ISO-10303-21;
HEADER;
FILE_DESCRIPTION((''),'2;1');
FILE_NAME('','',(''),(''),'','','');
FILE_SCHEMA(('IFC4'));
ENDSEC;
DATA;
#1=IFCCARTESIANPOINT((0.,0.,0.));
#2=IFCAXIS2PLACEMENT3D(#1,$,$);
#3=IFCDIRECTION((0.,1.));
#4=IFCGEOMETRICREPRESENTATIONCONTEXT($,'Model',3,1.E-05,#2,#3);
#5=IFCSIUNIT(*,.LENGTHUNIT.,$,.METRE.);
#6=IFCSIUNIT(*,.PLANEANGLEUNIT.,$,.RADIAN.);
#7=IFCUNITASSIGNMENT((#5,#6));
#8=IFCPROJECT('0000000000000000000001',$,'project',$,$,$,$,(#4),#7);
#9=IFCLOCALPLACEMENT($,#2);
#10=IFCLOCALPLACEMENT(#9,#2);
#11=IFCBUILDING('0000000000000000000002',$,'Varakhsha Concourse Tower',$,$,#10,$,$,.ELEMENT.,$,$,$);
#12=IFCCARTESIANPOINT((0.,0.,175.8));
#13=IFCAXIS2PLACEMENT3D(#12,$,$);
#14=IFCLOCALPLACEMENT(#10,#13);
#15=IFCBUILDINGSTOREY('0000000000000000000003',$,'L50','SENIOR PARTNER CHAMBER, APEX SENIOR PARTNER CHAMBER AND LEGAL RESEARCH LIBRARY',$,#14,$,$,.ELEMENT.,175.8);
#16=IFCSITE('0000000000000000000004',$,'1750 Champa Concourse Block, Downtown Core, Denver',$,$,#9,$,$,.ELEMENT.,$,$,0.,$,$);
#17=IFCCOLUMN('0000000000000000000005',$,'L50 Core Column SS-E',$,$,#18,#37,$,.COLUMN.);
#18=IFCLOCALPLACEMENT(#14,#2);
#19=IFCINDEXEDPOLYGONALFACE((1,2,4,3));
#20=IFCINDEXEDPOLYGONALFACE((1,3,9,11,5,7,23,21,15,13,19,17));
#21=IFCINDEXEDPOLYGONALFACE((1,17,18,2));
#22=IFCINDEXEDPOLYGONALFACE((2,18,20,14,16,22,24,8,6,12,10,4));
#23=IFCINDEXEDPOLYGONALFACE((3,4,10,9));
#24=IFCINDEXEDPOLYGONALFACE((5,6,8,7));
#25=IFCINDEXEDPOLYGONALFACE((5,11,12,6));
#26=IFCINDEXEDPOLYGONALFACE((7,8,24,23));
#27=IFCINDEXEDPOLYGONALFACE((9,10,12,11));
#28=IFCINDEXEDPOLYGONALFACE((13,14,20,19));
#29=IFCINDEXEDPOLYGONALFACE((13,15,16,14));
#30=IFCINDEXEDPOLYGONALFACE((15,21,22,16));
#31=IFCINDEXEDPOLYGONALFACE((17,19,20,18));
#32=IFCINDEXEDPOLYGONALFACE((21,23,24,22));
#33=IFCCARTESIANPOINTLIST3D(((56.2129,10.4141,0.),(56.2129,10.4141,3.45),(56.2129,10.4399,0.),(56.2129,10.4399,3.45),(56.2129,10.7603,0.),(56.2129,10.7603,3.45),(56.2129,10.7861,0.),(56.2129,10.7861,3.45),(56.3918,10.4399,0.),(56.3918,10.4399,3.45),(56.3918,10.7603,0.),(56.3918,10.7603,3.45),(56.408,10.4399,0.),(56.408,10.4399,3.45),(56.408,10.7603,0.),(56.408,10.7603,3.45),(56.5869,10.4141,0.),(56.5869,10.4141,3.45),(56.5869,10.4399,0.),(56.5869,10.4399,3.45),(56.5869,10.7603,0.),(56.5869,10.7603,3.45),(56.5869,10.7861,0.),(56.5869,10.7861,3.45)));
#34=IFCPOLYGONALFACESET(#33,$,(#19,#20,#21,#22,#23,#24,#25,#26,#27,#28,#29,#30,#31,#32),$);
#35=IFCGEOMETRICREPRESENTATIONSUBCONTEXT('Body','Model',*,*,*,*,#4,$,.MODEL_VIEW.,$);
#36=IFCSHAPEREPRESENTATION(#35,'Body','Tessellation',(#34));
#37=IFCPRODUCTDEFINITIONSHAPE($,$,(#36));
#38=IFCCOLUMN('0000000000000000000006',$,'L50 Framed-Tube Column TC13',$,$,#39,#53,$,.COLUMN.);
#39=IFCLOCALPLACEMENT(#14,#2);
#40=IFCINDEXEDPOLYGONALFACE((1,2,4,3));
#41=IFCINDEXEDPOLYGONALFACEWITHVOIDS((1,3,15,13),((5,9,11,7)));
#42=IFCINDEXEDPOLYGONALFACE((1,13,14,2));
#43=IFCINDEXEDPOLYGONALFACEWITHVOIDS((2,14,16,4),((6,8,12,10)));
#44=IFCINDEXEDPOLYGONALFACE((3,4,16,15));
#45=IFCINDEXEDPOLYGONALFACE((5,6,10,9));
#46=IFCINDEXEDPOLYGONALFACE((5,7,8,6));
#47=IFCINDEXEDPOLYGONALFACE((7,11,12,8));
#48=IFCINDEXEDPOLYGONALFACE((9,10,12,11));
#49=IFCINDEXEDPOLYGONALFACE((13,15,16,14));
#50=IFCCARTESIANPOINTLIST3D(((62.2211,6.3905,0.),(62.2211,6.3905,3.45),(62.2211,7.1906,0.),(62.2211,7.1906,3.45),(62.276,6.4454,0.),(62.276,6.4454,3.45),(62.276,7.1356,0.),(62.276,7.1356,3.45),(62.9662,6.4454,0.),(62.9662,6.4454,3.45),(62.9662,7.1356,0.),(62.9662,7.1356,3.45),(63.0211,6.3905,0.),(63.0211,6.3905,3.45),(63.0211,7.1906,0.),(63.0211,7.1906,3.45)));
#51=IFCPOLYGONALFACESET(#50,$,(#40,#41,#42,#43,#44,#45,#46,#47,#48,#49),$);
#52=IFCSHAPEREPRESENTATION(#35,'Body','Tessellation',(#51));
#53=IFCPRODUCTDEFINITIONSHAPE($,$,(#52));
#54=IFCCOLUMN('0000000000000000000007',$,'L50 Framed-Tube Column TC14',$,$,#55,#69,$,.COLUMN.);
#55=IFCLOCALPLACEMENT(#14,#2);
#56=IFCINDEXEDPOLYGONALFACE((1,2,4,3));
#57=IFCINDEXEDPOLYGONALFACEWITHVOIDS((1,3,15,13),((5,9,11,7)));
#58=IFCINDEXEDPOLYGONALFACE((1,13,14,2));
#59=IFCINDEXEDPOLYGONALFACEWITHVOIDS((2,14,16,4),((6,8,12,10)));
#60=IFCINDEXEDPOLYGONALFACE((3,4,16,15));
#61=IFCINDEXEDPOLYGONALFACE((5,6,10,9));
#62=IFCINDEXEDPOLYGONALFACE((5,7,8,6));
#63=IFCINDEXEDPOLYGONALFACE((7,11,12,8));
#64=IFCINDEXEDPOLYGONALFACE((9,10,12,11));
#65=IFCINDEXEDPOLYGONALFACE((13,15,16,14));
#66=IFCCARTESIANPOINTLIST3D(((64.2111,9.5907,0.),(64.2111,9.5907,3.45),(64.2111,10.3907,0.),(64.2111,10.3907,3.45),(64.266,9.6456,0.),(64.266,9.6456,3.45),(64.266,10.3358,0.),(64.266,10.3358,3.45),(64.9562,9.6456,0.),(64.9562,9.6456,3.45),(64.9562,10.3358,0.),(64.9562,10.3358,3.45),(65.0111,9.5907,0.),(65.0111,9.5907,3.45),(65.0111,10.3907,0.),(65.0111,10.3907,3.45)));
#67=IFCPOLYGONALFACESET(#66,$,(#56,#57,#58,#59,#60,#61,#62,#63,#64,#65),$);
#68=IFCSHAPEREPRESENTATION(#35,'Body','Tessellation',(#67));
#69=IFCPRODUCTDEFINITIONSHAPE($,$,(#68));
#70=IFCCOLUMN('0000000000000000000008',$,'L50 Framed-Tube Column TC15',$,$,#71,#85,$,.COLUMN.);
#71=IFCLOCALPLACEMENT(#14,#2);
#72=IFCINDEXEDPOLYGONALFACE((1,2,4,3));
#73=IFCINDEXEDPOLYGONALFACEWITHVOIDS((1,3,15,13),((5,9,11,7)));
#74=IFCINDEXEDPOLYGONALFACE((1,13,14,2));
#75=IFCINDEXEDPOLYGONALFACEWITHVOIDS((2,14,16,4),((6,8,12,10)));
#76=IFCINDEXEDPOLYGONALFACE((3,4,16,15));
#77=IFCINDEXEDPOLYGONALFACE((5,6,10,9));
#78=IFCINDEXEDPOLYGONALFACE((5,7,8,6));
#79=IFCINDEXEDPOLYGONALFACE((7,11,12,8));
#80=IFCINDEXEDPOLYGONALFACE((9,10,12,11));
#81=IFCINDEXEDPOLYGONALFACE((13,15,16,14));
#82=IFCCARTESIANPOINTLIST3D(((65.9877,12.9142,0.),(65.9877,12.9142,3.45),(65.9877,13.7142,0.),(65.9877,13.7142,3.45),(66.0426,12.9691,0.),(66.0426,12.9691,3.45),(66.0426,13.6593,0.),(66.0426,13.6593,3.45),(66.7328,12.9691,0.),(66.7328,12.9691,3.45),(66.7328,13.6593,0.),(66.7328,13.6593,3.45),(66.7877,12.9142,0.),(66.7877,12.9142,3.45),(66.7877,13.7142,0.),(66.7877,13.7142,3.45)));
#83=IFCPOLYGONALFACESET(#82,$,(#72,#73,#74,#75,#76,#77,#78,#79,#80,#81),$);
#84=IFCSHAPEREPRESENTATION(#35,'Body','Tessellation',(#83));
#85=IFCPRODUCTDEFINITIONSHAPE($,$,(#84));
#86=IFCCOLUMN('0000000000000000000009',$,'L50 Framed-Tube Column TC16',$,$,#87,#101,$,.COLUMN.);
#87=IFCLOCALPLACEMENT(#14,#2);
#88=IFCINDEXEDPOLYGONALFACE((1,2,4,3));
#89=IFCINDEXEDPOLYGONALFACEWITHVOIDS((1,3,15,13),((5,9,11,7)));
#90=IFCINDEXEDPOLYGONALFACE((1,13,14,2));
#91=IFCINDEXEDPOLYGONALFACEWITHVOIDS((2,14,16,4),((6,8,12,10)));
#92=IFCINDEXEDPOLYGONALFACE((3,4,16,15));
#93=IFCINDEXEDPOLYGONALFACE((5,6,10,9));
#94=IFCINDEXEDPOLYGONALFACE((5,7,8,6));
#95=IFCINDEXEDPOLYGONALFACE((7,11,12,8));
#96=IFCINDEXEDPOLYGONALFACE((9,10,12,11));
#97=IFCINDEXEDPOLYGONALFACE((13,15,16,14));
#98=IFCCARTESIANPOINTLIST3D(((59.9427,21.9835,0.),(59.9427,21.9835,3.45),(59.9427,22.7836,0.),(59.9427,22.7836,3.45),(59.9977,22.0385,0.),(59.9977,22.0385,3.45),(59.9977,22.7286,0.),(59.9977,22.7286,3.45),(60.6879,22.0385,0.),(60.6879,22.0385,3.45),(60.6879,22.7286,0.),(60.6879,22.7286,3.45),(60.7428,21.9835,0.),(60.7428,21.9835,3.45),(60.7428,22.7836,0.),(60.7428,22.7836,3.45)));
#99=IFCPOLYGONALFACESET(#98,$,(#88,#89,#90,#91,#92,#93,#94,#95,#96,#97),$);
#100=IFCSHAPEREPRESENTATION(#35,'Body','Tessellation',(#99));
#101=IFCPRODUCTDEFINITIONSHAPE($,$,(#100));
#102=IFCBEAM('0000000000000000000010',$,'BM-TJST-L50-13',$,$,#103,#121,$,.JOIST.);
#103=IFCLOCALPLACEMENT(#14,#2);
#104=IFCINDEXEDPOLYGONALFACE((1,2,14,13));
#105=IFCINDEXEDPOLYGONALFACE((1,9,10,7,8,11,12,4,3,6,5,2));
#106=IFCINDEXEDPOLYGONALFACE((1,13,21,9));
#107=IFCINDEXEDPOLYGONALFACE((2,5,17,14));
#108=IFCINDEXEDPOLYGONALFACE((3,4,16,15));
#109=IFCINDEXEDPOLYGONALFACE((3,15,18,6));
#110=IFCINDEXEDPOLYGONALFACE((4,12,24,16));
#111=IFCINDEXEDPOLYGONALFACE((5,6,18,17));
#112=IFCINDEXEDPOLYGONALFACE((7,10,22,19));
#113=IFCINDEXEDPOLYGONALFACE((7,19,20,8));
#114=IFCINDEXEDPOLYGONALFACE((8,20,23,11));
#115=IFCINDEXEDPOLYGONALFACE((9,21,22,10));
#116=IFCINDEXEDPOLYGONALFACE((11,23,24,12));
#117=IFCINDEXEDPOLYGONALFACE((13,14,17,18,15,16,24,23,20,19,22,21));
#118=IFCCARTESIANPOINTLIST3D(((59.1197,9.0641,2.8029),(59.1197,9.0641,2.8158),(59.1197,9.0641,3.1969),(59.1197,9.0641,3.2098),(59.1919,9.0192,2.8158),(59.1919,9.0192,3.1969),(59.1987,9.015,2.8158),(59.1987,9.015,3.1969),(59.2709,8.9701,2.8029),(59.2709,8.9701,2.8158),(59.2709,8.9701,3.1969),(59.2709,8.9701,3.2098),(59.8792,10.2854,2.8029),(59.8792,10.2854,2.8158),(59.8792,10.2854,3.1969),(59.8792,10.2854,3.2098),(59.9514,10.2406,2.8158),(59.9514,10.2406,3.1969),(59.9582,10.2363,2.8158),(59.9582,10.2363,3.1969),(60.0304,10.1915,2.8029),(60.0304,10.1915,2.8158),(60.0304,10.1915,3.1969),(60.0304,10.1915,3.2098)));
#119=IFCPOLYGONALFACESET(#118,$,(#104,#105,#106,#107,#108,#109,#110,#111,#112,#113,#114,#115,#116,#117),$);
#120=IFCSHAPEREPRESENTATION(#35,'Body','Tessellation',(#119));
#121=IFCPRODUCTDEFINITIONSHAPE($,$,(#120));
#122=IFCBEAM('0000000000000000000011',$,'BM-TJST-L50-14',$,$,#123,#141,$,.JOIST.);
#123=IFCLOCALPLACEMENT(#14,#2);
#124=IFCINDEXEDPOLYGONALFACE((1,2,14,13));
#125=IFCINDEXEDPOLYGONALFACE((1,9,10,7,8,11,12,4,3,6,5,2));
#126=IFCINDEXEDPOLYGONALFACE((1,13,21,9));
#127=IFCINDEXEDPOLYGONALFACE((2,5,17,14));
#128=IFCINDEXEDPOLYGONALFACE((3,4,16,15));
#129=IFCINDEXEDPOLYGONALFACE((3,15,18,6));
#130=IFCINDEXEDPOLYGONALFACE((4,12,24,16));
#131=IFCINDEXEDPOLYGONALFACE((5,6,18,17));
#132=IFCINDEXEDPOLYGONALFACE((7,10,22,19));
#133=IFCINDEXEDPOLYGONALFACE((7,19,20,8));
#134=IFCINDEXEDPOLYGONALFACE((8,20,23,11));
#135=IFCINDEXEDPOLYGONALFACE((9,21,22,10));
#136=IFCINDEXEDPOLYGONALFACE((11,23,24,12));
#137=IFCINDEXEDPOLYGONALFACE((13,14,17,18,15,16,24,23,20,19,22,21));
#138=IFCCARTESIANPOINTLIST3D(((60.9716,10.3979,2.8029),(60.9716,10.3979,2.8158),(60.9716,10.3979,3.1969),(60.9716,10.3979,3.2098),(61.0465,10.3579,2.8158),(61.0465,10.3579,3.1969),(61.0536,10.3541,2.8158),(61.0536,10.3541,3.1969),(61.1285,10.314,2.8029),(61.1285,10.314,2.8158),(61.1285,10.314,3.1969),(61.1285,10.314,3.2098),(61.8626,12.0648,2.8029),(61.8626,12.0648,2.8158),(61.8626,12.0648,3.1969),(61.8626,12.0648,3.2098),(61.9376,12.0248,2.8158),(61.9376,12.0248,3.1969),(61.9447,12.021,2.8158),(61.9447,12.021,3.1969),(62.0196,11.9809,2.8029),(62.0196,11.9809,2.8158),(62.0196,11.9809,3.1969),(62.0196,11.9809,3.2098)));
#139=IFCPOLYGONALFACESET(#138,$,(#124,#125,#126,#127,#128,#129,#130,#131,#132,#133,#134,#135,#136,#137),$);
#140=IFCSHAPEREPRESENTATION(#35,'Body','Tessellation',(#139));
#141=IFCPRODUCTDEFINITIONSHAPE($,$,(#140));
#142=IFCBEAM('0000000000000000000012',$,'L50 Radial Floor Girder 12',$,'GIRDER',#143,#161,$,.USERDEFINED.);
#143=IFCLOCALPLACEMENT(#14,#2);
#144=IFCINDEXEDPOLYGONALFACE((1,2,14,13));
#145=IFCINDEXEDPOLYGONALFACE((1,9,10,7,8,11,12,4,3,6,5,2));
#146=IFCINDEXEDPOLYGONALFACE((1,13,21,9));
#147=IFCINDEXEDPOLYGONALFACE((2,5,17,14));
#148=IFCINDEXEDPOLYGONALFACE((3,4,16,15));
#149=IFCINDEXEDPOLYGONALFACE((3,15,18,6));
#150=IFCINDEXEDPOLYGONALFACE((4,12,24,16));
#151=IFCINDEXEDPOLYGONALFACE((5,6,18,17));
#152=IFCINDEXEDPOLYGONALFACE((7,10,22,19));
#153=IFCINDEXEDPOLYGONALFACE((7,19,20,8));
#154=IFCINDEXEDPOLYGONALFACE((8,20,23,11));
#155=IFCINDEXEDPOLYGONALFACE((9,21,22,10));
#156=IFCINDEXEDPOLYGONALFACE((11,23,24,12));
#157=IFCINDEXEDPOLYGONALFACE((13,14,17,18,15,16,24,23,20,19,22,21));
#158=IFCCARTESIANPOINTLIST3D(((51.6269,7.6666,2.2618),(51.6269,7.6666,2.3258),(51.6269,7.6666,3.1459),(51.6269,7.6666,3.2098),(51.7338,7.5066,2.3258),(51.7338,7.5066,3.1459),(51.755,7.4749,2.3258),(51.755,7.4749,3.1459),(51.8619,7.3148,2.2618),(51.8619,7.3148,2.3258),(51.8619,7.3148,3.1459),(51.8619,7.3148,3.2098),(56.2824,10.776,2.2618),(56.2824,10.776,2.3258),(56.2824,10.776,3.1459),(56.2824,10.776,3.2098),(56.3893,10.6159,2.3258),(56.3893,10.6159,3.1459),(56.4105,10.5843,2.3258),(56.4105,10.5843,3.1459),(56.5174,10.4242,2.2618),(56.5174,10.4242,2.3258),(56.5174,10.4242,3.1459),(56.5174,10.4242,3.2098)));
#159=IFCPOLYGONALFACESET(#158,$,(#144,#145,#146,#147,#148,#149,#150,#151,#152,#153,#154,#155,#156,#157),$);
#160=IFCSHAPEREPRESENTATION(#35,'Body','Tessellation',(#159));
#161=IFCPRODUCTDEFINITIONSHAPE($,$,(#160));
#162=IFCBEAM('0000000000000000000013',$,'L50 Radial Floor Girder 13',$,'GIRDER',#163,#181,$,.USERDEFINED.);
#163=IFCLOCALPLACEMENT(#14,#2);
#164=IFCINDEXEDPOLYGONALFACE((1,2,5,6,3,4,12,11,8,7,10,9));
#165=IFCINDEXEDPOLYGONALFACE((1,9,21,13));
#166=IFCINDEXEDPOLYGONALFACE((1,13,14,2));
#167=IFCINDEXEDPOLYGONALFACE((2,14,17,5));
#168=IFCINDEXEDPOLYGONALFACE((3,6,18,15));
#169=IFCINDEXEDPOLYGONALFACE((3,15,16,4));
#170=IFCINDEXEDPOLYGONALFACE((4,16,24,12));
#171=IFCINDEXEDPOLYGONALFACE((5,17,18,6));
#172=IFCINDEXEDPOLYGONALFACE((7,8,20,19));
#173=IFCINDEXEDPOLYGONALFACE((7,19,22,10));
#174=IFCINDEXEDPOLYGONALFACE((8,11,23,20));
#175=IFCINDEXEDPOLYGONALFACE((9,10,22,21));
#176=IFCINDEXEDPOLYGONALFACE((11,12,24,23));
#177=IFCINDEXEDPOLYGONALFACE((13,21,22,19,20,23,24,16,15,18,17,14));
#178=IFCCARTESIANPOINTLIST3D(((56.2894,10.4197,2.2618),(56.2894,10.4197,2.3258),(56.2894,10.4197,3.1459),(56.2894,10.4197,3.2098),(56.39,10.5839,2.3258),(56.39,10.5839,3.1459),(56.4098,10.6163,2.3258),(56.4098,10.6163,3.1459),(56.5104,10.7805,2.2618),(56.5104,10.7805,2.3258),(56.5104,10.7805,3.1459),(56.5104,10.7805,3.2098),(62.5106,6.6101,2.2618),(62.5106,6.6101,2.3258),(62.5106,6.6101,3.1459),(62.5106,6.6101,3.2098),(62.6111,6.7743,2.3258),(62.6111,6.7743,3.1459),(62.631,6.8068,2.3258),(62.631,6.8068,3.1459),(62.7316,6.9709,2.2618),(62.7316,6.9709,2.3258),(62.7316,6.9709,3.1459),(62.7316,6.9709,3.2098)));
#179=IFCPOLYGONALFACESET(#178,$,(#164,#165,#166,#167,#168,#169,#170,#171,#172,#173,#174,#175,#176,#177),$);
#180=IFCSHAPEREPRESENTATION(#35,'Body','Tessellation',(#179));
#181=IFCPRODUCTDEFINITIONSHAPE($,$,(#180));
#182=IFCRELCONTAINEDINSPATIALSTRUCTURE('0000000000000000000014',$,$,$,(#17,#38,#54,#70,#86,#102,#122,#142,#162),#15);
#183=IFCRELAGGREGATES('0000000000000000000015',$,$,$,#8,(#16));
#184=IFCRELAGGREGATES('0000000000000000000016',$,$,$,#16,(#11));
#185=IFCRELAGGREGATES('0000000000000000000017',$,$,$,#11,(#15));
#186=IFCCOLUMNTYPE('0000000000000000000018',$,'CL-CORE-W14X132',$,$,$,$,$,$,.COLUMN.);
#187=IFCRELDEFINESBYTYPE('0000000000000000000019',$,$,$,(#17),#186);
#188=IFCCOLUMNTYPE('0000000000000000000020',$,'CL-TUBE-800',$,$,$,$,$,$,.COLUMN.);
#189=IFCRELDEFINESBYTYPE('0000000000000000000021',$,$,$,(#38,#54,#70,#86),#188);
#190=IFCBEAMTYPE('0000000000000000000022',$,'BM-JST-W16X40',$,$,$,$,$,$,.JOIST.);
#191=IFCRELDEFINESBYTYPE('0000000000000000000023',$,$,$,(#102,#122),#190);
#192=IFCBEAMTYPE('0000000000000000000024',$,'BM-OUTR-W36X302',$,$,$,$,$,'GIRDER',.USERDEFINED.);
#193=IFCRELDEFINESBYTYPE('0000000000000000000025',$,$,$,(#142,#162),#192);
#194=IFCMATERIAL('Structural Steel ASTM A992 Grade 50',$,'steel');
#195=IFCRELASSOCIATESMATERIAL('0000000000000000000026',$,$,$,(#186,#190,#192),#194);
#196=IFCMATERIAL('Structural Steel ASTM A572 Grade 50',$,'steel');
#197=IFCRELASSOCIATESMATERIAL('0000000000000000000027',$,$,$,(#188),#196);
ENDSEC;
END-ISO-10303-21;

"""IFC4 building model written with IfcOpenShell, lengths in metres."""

from ifc_helpers import new_model, si_unit, direction, frame, origin, origin_2d, place, context, subcontext, project, spatial, hollow_rectangle, i_section, extrude, material, material_profile, profile_set, type_object, element, save


model = new_model("IFC4")

# Units and contexts
model_context = context("Model", 3, precision=1e-05, world=origin(), true_north=direction((0.0, 1.0)))
body_context = subcontext(model_context, "Body", "Model", "MODEL_VIEW")
ifc_project = project(units=[si_unit("LENGTHUNIT", "METRE"), si_unit("PLANEANGLEUNIT", "RADIAN")], contexts=[model_context])

# Site, building, storey
site_placement = place(None, origin())
site = spatial("IfcSite", under=ifc_project, at=site_placement, Name="1750 Champa Concourse Block, Downtown Core, Denver", CompositionType="ELEMENT", RefElevation=0.0)
building_placement = place(site_placement, origin())
building = spatial("IfcBuilding", under=site, at=building_placement, Name="Varakhsha Concourse Tower", CompositionType="ELEMENT")
storey_placement = place(building_placement, frame((0.0, 0.0, 175.8)))
storey = spatial("IfcBuildingStorey", under=building, at=storey_placement, Name="L50", Description="SENIOR PARTNER CHAMBER, APEX SENIOR PARTNER CHAMBER AND LEGAL RESEARCH LIBRARY", CompositionType="ELEMENT", Elevation=175.8)

# Columns
ifc_material_1 = material(Name="Structural Steel ASTM A992 Grade 50", Category="steel")
ifc_material_profile_1 = material_profile(ifc_material_1, i_section(OverallWidth=0.374, OverallDepth=0.3721, WebThickness=0.0161, FlangeThickness=0.0259, at=origin_2d()), Name="W14X132")
ifc_profile_set_1 = profile_set([ifc_material_profile_1], Name="Structural Steel ASTM A992 Grade 50")
column_type_1 = type_object("IfcColumnType", Name="CL-CORE-W14X132", PredefinedType="COLUMN", material=ifc_profile_set_1)
column_placement = place(storey_placement, frame((56.3999, 10.6001, 0.0), z_axis=(0.0, 0.0, 1.0), x_axis=(1.0, 0.0, 0.0)))
element("IfcColumn", 1, at=column_placement, inside=storey, type_object=column_type_1, Name="L50 Core Column SS-E", PredefinedType="COLUMN", context=body_context, shape_type="SweptSolid", body=[
    extrude(i_section(OverallWidth=0.374, OverallDepth=0.3721, WebThickness=0.0161, FlangeThickness=0.0259, at=origin_2d()), origin(), (0.0, 0.0, 1.0), 3.45),
])
ifc_material_2 = material(Name="Structural Steel ASTM A572 Grade 50", Category="steel")
ifc_material_profile_2 = material_profile(ifc_material_2, hollow_rectangle(XDim=0.8, YDim=0.8, WallThickness=0.0549, at=origin_2d()), Name="BOX 800x800x55")
ifc_profile_set_2 = profile_set([ifc_material_profile_2], Name="Structural Steel ASTM A572 Grade 50")
column_type_2 = type_object("IfcColumnType", Name="CL-TUBE-800", PredefinedType="COLUMN", material=ifc_profile_set_2)
for number, where, z_axis, x_axis, name in (
    (2, (62.6211, 6.7905, 0.0), (0.0, 0.0, 1.0), (1.0, 0.0, 0.0), "L50 Framed-Tube Column TC13"),
    (3, (64.6111, 9.9907, 0.0), (0.0, 0.0, 1.0), (1.0, 0.0, 0.0), "L50 Framed-Tube Column TC14"),
    (4, (66.3877, 13.3142, 0.0), (0.0, 0.0, 1.0), (1.0, 0.0, 0.0), "L50 Framed-Tube Column TC15"),
    (5, (60.3428, 22.3835, 0.0), (0.0, 0.0, 1.0), (1.0, 0.0, 0.0), "L50 Framed-Tube Column TC16"),
):
    element("IfcColumn", number, at=place(storey_placement, frame(where, z_axis=z_axis, x_axis=x_axis)), inside=storey, type_object=column_type_2, Name=name, PredefinedType="COLUMN", context=body_context, shape_type="SweptSolid", body=[
        extrude(hollow_rectangle(XDim=0.8, YDim=0.8, WallThickness=0.0549, at=origin_2d()), origin(), (0.0, 0.0, 1.0), 3.45),
    ])

# Beams
ifc_material_profile_3 = material_profile(ifc_material_1, i_section(OverallWidth=0.178, OverallDepth=0.407, WebThickness=0.0081, FlangeThickness=0.0129, at=origin_2d()), Name="W16X40")
ifc_profile_set_3 = profile_set([ifc_material_profile_3], Name="Structural Steel ASTM A992 Grade 50")
beam_type_1 = type_object("IfcBeamType", Name="BM-JST-W16X40", PredefinedType="JOIST", material=ifc_profile_set_3)
beam_1_placement = place(storey_placement, frame((59.1953, 9.0171, 3.0063), z_axis=(0.52806, 0.849207, 0.0), x_axis=(-0.849207, 0.52806, 0.0)))
element("IfcBeam", 6, at=beam_1_placement, inside=storey, type_object=beam_type_1, Name="BM-TJST-L50-13", PredefinedType="JOIST", context=body_context, shape_type="SweptSolid", body=[
    extrude(i_section(OverallWidth=0.178, OverallDepth=0.407, WebThickness=0.0081, FlangeThickness=0.0129, at=origin_2d()), origin(), (0.0, 0.0, 1.0), 1.4382),
])
beam_2_placement = place(storey_placement, frame((61.05, 10.356, 3.0063), z_axis=(0.471433, 0.881902, 0.0), x_axis=(-0.881902, 0.471433, 0.0)))
element("IfcBeam", 7, at=beam_2_placement, inside=storey, type_object=beam_type_1, Name="BM-TJST-L50-14", PredefinedType="JOIST", context=body_context, shape_type="SweptSolid", body=[
    extrude(i_section(OverallWidth=0.178, OverallDepth=0.407, WebThickness=0.0081, FlangeThickness=0.0129, at=origin_2d()), origin(), (0.0, 0.0, 1.0), 1.8901),
])
ifc_material_profile_4 = material_profile(ifc_material_1, i_section(OverallWidth=0.4231, OverallDepth=0.948, WebThickness=0.0381, FlangeThickness=0.064, at=origin_2d()), Name="W36X302")
ifc_profile_set_4 = profile_set([ifc_material_profile_4], Name="Structural Steel ASTM A992 Grade 50")
beam_type_2 = type_object("IfcBeamType", Name="BM-OUTR-W36X302", ElementType="GIRDER", PredefinedType="USERDEFINED", material=ifc_profile_set_4)
beam_3_placement = place(storey_placement, frame((56.3999, 10.6001, 2.7358), z_axis=(-0.83158, -0.555404, 0.0), x_axis=(0.555404, -0.83158, 0.0)))
element("IfcBeam", 8, at=beam_3_placement, inside=storey, type_object=beam_type_2, Name="L50 Radial Floor Girder 12", ObjectType="GIRDER", PredefinedType="USERDEFINED", context=body_context, shape_type="SweptSolid", body=[
    extrude(i_section(OverallWidth=0.4231, OverallDepth=0.948, WebThickness=0.0381, FlangeThickness=0.064, at=origin_2d()), origin(), (0.0, 0.0, 1.0), 5.5984),
])
beam_4_placement = place(storey_placement, frame((56.3999, 10.6001, 2.7358), z_axis=(0.85281, -0.522221, 0.0), x_axis=(0.522221, 0.85281, 0.0)))
element("IfcBeam", 9, at=beam_4_placement, inside=storey, type_object=beam_type_2, Name="L50 Radial Floor Girder 13", ObjectType="GIRDER", PredefinedType="USERDEFINED", context=body_context, shape_type="SweptSolid", body=[
    extrude(i_section(OverallWidth=0.4231, OverallDepth=0.948, WebThickness=0.0381, FlangeThickness=0.064, at=origin_2d()), origin(), (0.0, 0.0, 1.0), 7.2949),
])

save(model, "model.ifc")
